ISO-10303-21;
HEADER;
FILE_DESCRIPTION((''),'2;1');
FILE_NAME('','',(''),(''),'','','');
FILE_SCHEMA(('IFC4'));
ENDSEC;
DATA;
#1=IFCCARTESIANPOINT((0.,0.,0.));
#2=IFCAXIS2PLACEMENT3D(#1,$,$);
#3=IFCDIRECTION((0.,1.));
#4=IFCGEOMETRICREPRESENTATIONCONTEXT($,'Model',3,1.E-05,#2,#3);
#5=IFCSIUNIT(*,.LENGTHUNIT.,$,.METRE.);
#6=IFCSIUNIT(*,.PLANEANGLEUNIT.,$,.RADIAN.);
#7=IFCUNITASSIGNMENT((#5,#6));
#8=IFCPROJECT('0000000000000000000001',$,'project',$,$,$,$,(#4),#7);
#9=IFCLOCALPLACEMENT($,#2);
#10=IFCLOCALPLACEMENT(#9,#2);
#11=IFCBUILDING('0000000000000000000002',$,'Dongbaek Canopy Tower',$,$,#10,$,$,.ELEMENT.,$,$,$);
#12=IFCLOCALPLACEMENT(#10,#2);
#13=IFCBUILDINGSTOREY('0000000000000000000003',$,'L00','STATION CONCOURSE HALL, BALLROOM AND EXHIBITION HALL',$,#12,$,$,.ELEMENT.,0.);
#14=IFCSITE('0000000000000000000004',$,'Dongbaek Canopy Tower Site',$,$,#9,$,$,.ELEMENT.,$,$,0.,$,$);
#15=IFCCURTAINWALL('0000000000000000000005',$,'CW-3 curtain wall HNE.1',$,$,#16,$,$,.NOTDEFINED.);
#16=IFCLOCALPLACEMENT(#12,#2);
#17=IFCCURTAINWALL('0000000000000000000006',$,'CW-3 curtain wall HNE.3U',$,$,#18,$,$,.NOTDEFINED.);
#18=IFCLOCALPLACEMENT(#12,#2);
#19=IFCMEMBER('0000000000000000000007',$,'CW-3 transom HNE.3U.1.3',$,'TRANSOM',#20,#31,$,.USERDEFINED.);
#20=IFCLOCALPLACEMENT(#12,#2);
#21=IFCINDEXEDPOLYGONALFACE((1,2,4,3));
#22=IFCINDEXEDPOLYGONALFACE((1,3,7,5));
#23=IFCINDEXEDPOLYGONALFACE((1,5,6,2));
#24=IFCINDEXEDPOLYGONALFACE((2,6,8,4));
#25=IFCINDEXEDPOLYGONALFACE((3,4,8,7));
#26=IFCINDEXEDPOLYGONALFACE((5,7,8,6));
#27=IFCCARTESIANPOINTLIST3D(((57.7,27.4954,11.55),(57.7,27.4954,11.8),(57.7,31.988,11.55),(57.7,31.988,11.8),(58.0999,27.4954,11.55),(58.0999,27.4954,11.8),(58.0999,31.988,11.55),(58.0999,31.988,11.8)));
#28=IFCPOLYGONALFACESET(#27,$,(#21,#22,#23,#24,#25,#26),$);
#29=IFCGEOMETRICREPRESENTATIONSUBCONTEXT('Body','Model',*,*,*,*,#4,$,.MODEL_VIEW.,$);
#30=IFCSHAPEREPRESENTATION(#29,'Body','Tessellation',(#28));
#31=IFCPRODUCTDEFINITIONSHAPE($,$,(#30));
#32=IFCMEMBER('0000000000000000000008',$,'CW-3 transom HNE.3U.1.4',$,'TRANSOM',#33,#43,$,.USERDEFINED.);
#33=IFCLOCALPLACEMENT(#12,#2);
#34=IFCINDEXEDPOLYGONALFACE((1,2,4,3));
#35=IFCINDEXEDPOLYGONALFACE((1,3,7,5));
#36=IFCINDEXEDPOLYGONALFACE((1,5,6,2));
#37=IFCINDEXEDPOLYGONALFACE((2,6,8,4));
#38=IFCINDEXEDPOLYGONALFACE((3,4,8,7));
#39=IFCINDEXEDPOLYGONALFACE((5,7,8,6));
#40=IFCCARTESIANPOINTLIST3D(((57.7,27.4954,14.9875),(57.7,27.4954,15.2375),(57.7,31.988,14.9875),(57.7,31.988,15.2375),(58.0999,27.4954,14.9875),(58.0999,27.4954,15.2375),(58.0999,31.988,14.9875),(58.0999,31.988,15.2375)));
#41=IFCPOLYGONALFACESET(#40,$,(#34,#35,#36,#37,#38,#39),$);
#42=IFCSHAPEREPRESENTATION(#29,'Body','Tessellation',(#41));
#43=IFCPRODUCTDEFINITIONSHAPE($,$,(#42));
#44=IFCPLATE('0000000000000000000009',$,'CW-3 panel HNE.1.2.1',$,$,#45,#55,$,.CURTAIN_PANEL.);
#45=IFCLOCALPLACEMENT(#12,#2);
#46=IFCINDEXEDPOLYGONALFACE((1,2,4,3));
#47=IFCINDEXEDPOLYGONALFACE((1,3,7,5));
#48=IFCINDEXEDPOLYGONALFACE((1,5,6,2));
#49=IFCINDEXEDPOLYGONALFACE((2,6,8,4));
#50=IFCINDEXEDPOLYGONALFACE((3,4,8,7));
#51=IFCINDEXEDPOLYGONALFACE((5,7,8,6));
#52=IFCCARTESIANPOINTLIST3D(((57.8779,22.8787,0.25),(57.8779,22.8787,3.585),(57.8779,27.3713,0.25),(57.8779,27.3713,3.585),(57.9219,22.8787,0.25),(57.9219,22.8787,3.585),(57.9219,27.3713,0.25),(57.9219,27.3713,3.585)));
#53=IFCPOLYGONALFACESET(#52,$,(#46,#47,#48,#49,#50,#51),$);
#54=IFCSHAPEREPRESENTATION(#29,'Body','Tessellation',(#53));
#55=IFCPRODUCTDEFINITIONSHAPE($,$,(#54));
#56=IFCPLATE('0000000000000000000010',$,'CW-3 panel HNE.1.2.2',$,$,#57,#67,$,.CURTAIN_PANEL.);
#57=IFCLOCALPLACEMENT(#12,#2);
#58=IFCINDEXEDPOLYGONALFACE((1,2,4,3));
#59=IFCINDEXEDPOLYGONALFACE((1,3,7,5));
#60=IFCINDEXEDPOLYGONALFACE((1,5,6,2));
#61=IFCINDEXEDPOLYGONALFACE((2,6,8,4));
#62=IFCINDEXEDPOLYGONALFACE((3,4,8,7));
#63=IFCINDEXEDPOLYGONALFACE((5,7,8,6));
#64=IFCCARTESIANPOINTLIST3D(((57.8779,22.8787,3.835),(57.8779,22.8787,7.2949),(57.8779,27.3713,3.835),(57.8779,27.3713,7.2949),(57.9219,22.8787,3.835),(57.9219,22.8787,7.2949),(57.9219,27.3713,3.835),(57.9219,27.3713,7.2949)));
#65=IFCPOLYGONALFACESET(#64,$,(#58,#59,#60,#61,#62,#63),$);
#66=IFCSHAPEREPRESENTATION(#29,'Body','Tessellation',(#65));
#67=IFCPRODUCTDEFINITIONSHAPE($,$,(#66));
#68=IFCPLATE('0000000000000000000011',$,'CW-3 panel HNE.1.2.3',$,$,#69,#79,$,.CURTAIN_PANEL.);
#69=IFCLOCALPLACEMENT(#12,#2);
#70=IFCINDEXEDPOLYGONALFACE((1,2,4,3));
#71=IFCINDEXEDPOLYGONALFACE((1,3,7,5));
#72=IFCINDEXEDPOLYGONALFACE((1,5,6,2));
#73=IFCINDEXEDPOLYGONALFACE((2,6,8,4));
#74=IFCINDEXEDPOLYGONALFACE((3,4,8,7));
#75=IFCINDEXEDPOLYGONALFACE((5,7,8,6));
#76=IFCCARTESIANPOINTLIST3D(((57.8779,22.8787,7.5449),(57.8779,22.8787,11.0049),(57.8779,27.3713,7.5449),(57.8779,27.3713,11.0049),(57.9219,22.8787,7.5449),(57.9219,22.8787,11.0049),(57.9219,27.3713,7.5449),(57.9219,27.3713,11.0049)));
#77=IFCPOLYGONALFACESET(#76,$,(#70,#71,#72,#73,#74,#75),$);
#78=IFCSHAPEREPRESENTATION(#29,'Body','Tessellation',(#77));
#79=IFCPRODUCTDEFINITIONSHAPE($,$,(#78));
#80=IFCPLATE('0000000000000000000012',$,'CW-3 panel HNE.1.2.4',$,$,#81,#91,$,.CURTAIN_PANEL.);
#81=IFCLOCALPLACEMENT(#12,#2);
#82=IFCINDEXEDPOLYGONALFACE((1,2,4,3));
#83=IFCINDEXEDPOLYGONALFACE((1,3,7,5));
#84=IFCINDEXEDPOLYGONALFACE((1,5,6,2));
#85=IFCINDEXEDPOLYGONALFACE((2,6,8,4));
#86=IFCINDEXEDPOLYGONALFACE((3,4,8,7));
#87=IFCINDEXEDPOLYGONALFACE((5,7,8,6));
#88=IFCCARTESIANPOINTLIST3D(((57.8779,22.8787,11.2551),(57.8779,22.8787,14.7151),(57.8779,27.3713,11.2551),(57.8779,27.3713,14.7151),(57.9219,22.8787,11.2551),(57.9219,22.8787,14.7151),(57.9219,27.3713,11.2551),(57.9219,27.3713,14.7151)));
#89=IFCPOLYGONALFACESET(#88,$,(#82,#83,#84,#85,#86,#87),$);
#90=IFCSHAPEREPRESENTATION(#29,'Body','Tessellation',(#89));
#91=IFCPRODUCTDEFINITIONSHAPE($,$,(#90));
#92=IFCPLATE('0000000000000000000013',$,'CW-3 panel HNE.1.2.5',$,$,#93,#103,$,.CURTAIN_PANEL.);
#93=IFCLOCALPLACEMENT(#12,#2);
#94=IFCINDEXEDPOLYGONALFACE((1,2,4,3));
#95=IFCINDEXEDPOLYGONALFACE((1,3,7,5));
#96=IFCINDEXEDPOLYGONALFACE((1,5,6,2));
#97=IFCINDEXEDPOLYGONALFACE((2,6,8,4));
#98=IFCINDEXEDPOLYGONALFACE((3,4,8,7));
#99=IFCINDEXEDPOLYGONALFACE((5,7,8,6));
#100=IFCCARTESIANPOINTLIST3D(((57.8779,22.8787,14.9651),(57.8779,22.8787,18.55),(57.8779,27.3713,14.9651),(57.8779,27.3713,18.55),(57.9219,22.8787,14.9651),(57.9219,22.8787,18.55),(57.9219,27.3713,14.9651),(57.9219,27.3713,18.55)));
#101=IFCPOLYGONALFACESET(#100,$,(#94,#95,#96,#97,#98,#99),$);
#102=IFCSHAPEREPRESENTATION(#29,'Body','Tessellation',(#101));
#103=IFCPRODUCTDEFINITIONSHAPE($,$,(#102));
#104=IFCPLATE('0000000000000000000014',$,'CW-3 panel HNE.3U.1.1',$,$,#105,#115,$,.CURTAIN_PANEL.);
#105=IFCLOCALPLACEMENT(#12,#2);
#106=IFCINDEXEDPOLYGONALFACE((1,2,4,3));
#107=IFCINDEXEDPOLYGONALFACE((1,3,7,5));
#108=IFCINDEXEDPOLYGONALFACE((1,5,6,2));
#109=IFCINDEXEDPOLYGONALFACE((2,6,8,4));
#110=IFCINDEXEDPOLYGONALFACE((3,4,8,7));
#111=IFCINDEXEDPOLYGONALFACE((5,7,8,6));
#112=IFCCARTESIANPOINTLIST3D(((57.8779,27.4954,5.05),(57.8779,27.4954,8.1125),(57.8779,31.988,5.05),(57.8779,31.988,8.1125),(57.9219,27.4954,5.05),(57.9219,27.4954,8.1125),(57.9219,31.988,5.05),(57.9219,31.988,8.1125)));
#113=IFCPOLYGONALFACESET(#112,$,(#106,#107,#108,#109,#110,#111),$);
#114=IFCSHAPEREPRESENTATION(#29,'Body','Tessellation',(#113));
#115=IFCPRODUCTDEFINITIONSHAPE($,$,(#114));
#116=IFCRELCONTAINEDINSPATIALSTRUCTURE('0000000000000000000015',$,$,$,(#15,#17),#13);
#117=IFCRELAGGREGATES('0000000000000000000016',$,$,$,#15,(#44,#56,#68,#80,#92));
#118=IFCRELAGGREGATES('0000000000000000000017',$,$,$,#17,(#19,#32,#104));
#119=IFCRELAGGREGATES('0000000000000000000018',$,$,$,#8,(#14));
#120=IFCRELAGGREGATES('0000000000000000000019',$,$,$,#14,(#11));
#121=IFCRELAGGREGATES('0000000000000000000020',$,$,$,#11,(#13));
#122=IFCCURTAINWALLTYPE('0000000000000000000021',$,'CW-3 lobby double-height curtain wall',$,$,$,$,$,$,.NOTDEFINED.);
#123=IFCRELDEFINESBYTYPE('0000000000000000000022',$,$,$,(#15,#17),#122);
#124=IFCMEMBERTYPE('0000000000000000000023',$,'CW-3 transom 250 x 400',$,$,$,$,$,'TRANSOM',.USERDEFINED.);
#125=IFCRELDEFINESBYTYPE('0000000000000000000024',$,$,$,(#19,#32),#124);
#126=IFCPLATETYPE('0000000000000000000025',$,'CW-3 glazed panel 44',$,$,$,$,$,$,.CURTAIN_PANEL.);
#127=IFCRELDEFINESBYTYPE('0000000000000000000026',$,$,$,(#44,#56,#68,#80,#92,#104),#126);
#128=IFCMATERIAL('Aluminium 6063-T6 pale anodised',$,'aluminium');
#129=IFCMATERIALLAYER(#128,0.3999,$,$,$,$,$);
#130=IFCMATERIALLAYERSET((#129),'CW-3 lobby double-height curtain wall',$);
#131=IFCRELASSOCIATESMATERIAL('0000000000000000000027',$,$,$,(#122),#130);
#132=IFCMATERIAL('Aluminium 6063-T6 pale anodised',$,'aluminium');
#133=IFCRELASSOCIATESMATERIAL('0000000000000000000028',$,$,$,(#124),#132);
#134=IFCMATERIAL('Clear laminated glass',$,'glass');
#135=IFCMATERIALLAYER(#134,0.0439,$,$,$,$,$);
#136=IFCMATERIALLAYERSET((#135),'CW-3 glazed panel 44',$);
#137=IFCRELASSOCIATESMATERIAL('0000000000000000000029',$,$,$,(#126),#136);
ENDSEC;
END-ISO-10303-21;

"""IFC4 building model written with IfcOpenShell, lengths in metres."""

from ifc_helpers import new_model, si_unit, direction, frame, origin, origin_2d, place, context, subcontext, project, spatial, rectangle, extrude, material, layer, layer_set, material_profile, profile_set, type_object, element, aggregate, save


model = new_model("IFC4")

# Units and contexts
model_context = context("Model", 3, precision=1e-05, world=origin(), true_north=direction((0.0, 1.0)))
body_context = subcontext(model_context, "Body", "Model", "MODEL_VIEW")
ifc_project = project(units=[si_unit("LENGTHUNIT", "METRE"), si_unit("PLANEANGLEUNIT", "RADIAN")], contexts=[model_context])

# Site, building, storey
site_placement = place(None, origin())
site = spatial("IfcSite", under=ifc_project, at=site_placement, Name="Dongbaek Canopy Tower Site", CompositionType="ELEMENT", RefElevation=0.0)
building_placement = place(site_placement, origin())
building = spatial("IfcBuilding", under=site, at=building_placement, Name="Dongbaek Canopy Tower", CompositionType="ELEMENT")
storey_placement = place(building_placement, origin())
storey = spatial("IfcBuildingStorey", under=building, at=storey_placement, Name="L00", Description="STATION CONCOURSE HALL, BALLROOM AND EXHIBITION HALL", CompositionType="ELEMENT", Elevation=0.0)

# Curtain walls, members
ifc_material_1 = material(Name="Aluminium 6063-T6 pale anodised", Category="aluminium")
ifc_layer_1 = layer(ifc_material_1, 0.3999)
ifc_layer_set_1 = layer_set([ifc_layer_1], Name="CW-3 lobby double-height curtain wall")
curtain_wall_type = type_object("IfcCurtainWallType", Name="CW-3 lobby double-height curtain wall", PredefinedType="NOTDEFINED", material=ifc_layer_set_1)
curtain_wall_1_placement = place(storey_placement, origin())
curtain_wall_1 = element("IfcCurtainWall", 1, at=curtain_wall_1_placement, inside=storey, type_object=curtain_wall_type, Name="CW-3 curtain wall HNE.1", PredefinedType="NOTDEFINED")
ifc_material_2 = material(Name="Aluminium 6063-T6 pale anodised", Category="aluminium")
ifc_material_profile_1 = material_profile(ifc_material_2, rectangle(XDim=0.3999, YDim=0.25, at=origin_2d()), Name="CW-3 transom 250 x 400")
ifc_profile_set_1 = profile_set([ifc_material_profile_1], Name="Aluminium 6063-T6 pale anodised")
member_type_1 = type_object("IfcMemberType", Name="CW-3 transom 250 x 400", ElementType="TRANSOM", PredefinedType="USERDEFINED", material=ifc_profile_set_1)
curtain_wall_2_placement = place(storey_placement, origin())
curtain_wall_2 = element("IfcCurtainWall", 2, at=curtain_wall_2_placement, inside=storey, type_object=curtain_wall_type, Name="CW-3 curtain wall HNE.3U", PredefinedType="NOTDEFINED")
member_1_placement = place(storey_placement, frame((57.8999, 27.4954, 11.675), z_axis=(0.0, 1.0, 0.0), x_axis=(-1.0, 0.0, 0.0)))
member_1 = element("IfcMember", 3, at=member_1_placement, type_object=member_type_1, Name="CW-3 transom HNE.3U.1.3", ObjectType="TRANSOM", PredefinedType="USERDEFINED", context=body_context, shape_type="SweptSolid", body=[
    extrude(rectangle(XDim=0.3999, YDim=0.25, at=origin_2d()), origin(), (0.0, 0.0, 1.0), 4.4927),
])
member_2_placement = place(storey_placement, frame((57.8999, 27.4954, 15.1125), z_axis=(0.0, 1.0, 0.0), x_axis=(-1.0, 0.0, 0.0)))
member_2 = element("IfcMember", 4, at=member_2_placement, type_object=member_type_1, Name="CW-3 transom HNE.3U.1.4", ObjectType="TRANSOM", PredefinedType="USERDEFINED", context=body_context, shape_type="SweptSolid", body=[
    extrude(rectangle(XDim=0.3999, YDim=0.25, at=origin_2d()), origin(), (0.0, 0.0, 1.0), 4.4927),
])

# Plates
ifc_material_3 = material(Name="Clear laminated glass", Category="glass")
ifc_layer_2 = layer(ifc_material_3, 0.0439)
ifc_layer_set_2 = layer_set([ifc_layer_2], Name="CW-3 glazed panel 44")
plate_type = type_object("IfcPlateType", Name="CW-3 glazed panel 44", PredefinedType="CURTAIN_PANEL", material=ifc_layer_set_2)
plate_1_placement = place(storey_placement, frame((57.8999, 25.125, 0.25), z_axis=(0.0, 0.0, 1.0), x_axis=(0.0, 1.0, 0.0)))
plate_1 = element("IfcPlate", 5, at=plate_1_placement, type_object=plate_type, Name="CW-3 panel HNE.1.2.1", PredefinedType="CURTAIN_PANEL", context=body_context, shape_type="SweptSolid", body=[
    extrude(rectangle(XDim=4.4927, YDim=0.0439, at=origin_2d()), origin(), (0.0, 0.0, 1.0), 3.335),
])
plate_2_placement = place(storey_placement, frame((57.8999, 25.125, 3.835), z_axis=(0.0, 0.0, 1.0), x_axis=(0.0, 1.0, 0.0)))
plate_2 = element("IfcPlate", 6, at=plate_2_placement, type_object=plate_type, Name="CW-3 panel HNE.1.2.2", PredefinedType="CURTAIN_PANEL", context=body_context, shape_type="SweptSolid", body=[
    extrude(rectangle(XDim=4.4927, YDim=0.0439, at=origin_2d()), origin(), (0.0, 0.0, 1.0), 3.46),
])
plate_3_placement = place(storey_placement, frame((57.8999, 25.125, 7.5449), z_axis=(0.0, 0.0, 1.0), x_axis=(0.0, 1.0, 0.0)))
plate_3 = element("IfcPlate", 7, at=plate_3_placement, type_object=plate_type, Name="CW-3 panel HNE.1.2.3", PredefinedType="CURTAIN_PANEL", context=body_context, shape_type="SweptSolid", body=[
    extrude(rectangle(XDim=4.4927, YDim=0.0439, at=origin_2d()), origin(), (0.0, 0.0, 1.0), 3.46),
])
plate_4_placement = place(storey_placement, frame((57.8999, 25.125, 11.2551), z_axis=(0.0, 0.0, 1.0), x_axis=(0.0, 1.0, 0.0)))
plate_4 = element("IfcPlate", 8, at=plate_4_placement, type_object=plate_type, Name="CW-3 panel HNE.1.2.4", PredefinedType="CURTAIN_PANEL", context=body_context, shape_type="SweptSolid", body=[
    extrude(rectangle(XDim=4.4927, YDim=0.0439, at=origin_2d()), origin(), (0.0, 0.0, 1.0), 3.46),
])
plate_5_placement = place(storey_placement, frame((57.8999, 25.125, 14.9651), z_axis=(0.0, 0.0, 1.0), x_axis=(0.0, 1.0, 0.0)))
plate_5 = element("IfcPlate", 9, at=plate_5_placement, type_object=plate_type, Name="CW-3 panel HNE.1.2.5", PredefinedType="CURTAIN_PANEL", context=body_context, shape_type="SweptSolid", body=[
    extrude(rectangle(XDim=4.4927, YDim=0.0439, at=origin_2d()), origin(), (0.0, 0.0, 1.0), 3.585),
])
aggregate(curtain_wall_1, [plate_1, plate_2, plate_3, plate_4, plate_5])
plate_6_placement = place(storey_placement, frame((57.8999, 29.7417, 5.05), z_axis=(0.0, 0.0, 1.0), x_axis=(0.0, 1.0, 0.0)))
plate_6 = element("IfcPlate", 10, at=plate_6_placement, type_object=plate_type, Name="CW-3 panel HNE.3U.1.1", PredefinedType="CURTAIN_PANEL", context=body_context, shape_type="SweptSolid", body=[
    extrude(rectangle(XDim=4.4927, YDim=0.0439, at=origin_2d()), origin(), (0.0, 0.0, 1.0), 3.0625),
])
aggregate(curtain_wall_2, [member_1, member_2, plate_6])

save(model, "model.ifc")
